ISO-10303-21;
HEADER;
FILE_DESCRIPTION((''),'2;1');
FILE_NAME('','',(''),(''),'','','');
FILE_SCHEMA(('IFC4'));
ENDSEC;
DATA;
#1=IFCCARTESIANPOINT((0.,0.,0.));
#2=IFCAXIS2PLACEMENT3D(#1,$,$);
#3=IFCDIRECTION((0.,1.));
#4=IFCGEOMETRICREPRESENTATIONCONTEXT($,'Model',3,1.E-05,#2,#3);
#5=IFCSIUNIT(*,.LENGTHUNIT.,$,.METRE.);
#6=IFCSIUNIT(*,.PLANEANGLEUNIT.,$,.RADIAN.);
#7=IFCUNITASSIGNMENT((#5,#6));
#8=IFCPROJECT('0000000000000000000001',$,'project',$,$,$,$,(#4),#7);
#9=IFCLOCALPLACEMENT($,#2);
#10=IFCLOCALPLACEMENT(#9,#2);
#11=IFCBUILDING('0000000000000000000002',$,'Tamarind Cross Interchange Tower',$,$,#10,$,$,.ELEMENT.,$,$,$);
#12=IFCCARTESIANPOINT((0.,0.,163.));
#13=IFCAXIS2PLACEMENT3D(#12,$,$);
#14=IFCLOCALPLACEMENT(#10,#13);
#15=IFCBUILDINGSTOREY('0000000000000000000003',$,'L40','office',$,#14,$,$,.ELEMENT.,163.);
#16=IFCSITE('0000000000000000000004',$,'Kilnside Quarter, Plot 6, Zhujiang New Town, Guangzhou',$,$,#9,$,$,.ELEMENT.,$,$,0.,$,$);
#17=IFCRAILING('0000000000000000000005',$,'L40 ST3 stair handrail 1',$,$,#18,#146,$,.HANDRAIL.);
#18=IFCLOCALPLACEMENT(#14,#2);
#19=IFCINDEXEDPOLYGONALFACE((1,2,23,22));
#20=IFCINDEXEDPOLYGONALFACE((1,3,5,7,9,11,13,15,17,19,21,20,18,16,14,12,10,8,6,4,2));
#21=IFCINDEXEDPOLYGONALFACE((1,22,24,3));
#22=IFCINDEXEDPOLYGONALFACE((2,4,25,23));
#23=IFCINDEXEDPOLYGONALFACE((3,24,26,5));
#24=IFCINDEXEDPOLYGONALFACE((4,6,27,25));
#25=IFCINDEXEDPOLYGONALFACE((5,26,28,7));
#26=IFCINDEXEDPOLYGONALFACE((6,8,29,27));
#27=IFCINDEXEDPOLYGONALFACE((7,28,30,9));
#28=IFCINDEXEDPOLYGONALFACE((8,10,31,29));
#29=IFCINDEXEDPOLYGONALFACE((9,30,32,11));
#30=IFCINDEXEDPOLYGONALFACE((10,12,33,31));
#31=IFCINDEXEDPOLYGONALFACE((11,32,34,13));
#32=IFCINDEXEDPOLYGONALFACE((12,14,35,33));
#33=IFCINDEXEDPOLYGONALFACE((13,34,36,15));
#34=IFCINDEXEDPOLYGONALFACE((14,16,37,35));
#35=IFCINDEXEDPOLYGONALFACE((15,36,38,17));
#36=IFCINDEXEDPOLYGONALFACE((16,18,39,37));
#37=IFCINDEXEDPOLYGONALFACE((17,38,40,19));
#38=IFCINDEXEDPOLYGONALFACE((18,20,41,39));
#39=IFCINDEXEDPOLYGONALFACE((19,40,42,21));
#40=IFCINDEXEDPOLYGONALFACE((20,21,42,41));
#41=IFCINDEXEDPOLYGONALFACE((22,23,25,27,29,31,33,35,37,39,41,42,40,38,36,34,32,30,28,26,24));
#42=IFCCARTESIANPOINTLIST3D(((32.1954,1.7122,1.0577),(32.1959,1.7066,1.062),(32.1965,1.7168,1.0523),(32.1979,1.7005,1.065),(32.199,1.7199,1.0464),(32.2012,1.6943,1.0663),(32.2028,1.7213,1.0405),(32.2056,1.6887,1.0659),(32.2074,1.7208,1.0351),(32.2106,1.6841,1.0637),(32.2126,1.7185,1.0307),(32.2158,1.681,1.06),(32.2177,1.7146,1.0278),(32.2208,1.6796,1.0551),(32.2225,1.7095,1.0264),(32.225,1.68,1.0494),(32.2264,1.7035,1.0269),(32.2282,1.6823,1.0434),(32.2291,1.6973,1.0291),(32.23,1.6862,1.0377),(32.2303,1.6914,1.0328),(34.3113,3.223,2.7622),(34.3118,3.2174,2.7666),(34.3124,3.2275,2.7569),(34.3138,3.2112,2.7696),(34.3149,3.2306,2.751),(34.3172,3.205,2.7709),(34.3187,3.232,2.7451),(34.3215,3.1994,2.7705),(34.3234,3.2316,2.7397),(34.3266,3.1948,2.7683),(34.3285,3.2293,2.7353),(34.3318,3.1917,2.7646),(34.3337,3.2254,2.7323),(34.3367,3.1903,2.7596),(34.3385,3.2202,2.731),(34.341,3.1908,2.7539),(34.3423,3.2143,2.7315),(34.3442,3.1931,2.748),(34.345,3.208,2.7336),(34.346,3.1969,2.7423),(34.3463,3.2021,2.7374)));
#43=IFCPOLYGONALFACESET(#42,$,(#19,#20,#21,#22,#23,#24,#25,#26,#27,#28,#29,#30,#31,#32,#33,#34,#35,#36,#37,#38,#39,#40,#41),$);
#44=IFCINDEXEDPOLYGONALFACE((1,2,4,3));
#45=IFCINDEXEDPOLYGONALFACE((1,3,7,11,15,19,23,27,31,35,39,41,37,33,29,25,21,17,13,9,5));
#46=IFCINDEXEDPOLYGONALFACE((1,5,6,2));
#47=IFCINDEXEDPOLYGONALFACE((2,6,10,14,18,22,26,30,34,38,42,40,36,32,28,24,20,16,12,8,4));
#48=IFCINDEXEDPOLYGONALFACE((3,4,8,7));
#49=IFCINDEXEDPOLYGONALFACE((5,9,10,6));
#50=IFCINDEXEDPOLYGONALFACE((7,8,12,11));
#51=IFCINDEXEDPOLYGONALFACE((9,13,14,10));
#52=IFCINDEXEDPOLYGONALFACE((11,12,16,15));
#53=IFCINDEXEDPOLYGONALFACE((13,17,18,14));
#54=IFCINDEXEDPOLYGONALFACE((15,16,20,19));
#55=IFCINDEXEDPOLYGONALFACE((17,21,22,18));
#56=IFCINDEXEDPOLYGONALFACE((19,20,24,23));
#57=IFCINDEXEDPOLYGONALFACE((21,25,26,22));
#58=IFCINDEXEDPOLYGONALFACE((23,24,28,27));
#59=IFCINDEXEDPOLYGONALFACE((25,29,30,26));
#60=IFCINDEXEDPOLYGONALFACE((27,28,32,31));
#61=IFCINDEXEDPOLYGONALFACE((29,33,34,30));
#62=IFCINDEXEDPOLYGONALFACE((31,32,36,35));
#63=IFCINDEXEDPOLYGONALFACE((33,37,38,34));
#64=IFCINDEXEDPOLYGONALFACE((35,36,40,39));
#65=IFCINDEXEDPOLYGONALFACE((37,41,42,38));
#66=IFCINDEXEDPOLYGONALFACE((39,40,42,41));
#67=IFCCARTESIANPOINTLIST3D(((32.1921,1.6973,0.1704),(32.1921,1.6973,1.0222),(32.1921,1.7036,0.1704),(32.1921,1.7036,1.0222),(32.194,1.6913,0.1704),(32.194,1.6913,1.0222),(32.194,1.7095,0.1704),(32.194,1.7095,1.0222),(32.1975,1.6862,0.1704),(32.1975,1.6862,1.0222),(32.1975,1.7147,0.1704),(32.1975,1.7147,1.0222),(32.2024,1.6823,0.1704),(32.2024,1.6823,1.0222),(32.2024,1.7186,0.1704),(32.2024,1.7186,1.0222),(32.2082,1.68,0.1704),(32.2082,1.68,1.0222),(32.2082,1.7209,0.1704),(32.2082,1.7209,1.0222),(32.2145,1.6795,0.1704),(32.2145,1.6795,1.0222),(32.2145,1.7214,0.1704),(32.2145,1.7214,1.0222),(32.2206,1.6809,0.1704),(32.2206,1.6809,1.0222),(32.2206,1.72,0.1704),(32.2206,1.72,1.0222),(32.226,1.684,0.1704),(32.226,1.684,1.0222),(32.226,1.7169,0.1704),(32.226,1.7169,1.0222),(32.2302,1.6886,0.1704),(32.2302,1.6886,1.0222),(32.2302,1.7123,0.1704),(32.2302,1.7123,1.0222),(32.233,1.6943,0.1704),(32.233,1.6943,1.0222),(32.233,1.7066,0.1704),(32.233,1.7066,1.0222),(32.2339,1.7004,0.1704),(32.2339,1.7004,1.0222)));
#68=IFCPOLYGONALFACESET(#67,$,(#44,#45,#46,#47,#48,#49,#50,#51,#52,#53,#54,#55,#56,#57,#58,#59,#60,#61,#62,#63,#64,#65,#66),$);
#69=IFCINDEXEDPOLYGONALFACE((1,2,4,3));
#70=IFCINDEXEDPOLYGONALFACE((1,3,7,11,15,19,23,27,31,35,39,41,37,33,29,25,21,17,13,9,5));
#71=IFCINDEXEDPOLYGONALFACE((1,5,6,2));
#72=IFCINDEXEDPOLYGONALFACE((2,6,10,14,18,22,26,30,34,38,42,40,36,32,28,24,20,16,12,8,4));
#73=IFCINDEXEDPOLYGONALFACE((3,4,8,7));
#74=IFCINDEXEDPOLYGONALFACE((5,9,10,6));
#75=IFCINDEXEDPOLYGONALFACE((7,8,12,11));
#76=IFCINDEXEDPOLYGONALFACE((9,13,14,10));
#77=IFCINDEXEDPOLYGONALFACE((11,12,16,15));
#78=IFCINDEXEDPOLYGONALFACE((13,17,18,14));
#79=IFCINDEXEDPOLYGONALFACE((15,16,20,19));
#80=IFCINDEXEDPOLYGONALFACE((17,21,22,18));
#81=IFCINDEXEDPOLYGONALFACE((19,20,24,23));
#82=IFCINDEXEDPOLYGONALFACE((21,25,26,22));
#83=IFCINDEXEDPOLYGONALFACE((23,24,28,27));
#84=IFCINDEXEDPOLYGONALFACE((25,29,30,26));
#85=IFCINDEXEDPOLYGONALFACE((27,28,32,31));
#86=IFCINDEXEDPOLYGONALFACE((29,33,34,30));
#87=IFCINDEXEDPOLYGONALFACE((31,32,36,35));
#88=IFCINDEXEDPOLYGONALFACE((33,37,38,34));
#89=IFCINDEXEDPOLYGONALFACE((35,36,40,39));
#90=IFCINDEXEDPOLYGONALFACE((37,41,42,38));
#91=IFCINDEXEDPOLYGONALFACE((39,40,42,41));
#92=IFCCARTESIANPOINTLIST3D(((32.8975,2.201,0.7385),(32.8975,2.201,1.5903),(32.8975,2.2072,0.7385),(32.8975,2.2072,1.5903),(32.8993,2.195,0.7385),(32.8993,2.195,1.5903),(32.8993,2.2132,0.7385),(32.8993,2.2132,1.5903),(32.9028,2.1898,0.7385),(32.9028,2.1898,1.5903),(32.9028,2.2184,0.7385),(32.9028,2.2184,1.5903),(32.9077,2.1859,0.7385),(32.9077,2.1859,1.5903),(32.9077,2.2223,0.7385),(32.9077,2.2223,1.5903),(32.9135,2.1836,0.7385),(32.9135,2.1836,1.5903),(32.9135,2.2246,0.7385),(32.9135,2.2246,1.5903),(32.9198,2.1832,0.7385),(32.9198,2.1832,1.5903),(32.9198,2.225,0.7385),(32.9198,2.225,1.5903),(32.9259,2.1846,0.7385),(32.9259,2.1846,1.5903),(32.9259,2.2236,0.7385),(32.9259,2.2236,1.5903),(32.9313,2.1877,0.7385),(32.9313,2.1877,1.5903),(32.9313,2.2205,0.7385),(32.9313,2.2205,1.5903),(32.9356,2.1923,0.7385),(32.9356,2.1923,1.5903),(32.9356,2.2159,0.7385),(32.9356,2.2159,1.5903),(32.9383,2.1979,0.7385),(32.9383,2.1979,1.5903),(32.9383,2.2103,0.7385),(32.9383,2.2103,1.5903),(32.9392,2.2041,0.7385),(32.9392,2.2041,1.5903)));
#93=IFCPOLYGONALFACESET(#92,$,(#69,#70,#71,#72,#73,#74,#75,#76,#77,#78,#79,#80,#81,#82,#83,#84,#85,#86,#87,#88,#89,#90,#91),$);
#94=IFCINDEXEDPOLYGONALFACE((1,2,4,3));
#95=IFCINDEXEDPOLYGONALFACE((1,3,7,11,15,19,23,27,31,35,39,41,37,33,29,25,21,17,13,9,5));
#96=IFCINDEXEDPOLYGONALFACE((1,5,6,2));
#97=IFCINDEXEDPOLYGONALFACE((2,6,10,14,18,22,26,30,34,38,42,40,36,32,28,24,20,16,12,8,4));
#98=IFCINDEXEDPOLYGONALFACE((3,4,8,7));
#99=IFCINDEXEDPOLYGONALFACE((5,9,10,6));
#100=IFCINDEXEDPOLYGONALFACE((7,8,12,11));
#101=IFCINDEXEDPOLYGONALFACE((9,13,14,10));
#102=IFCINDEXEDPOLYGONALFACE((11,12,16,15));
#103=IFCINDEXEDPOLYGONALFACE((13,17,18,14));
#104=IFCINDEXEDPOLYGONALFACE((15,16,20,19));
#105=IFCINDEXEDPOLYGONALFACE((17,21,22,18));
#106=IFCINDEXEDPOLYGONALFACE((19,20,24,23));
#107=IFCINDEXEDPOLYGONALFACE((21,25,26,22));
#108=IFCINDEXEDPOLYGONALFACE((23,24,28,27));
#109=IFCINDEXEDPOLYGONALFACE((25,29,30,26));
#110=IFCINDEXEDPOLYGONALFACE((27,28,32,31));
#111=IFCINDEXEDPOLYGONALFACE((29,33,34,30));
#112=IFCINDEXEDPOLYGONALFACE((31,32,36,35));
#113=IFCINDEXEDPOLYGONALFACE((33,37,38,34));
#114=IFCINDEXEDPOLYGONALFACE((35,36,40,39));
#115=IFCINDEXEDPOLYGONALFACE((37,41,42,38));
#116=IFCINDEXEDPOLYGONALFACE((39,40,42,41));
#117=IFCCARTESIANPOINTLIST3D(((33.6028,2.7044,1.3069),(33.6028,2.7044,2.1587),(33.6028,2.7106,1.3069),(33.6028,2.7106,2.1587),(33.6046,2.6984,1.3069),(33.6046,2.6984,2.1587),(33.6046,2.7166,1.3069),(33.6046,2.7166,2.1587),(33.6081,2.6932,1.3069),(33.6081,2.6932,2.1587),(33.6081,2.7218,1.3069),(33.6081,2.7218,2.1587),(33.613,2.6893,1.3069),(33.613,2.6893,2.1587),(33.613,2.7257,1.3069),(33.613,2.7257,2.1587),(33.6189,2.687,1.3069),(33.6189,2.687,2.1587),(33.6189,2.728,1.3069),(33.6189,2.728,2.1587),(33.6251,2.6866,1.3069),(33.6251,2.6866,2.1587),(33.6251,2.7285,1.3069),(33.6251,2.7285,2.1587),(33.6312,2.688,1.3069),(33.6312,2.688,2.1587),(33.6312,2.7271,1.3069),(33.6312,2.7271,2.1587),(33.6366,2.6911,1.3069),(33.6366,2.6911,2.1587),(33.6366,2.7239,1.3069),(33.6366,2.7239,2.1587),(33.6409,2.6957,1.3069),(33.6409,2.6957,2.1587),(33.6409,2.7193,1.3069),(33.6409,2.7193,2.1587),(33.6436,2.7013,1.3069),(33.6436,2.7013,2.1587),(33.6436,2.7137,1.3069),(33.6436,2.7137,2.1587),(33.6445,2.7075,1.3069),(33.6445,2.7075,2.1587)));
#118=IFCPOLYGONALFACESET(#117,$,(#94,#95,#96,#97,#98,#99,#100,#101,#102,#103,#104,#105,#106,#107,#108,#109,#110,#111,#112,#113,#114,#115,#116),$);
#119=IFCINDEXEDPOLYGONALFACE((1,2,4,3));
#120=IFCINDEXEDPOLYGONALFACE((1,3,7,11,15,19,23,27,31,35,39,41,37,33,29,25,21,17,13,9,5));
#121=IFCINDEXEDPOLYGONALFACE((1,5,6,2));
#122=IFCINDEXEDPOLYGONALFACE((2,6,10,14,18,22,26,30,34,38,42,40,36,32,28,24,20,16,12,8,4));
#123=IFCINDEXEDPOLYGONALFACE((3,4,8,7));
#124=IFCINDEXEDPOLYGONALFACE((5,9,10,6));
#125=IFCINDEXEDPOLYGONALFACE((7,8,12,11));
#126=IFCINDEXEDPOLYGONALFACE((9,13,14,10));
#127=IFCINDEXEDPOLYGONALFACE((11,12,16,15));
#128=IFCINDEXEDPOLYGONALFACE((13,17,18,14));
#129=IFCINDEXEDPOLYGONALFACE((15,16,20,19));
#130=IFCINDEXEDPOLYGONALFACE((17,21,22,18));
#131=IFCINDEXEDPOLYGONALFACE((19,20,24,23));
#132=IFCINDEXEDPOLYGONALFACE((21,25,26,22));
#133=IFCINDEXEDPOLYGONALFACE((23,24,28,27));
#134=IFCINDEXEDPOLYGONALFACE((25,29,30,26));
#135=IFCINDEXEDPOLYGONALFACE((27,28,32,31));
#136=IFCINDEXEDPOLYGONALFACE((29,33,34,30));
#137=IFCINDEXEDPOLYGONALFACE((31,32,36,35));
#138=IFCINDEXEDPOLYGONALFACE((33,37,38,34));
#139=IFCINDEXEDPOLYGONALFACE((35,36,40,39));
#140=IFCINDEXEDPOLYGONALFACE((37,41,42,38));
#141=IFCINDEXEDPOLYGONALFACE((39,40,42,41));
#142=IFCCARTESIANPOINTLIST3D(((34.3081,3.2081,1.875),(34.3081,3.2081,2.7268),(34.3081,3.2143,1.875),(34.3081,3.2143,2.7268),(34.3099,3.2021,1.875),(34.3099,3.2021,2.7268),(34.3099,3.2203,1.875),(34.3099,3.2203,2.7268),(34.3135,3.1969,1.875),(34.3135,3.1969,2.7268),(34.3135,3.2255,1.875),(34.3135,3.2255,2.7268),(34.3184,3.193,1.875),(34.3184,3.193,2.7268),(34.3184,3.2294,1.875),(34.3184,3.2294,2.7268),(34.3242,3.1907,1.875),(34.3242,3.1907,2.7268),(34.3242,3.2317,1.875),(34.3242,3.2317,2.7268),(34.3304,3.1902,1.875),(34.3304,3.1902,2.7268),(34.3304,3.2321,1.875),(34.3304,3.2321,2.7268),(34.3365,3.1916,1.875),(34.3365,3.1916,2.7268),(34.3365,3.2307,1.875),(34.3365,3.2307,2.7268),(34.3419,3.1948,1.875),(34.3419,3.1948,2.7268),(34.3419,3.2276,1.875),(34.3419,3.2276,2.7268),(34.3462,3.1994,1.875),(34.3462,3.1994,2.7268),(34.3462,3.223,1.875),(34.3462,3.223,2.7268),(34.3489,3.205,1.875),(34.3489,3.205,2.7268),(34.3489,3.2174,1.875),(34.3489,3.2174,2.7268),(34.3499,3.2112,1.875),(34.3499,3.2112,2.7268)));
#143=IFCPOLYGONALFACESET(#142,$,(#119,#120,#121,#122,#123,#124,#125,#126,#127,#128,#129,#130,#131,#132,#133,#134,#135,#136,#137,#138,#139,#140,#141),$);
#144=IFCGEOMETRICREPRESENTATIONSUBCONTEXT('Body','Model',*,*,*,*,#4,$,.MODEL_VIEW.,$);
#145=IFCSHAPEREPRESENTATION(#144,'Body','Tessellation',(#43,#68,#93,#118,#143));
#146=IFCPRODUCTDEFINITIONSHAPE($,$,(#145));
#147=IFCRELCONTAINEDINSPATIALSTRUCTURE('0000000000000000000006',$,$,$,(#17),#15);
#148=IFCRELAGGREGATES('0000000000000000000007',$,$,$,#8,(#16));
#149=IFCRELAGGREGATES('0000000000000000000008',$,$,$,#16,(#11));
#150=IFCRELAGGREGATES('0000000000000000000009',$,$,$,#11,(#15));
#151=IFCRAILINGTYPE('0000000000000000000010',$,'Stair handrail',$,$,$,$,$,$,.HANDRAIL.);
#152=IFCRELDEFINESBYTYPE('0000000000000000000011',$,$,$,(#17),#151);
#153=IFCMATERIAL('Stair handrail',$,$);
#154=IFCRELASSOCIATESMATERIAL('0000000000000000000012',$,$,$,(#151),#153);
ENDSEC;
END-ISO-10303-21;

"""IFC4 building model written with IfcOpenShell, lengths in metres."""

from ifc_helpers import new_model, si_unit, direction, frame, origin, origin_2d, place, context, subcontext, project, spatial, circle, extrude, material, type_object, element, save


model = new_model("IFC4")

# Units and contexts
model_context = context("Model", 3, precision=1e-05, world=origin(), true_north=direction((0.0, 1.0)))
body_context = subcontext(model_context, "Body", "Model", "MODEL_VIEW")
ifc_project = project(units=[si_unit("LENGTHUNIT", "METRE"), si_unit("PLANEANGLEUNIT", "RADIAN")], contexts=[model_context])

# Site, building, storey
site_placement = place(None, origin())
site = spatial("IfcSite", under=ifc_project, at=site_placement, Name="Kilnside Quarter, Plot 6, Zhujiang New Town, Guangzhou", CompositionType="ELEMENT", RefElevation=0.0)
building_placement = place(site_placement, origin())
building = spatial("IfcBuilding", under=site, at=building_placement, Name="Tamarind Cross Interchange Tower", CompositionType="ELEMENT")
storey_placement = place(building_placement, frame((0.0, 0.0, 163.0)))
storey = spatial("IfcBuildingStorey", under=building, at=storey_placement, Name="L40", Description="office", CompositionType="ELEMENT", Elevation=163.0)

# Railing
ifc_material_1 = material(Name="Stair handrail")
railing_type_1 = type_object("IfcRailingType", Name="Stair handrail", PredefinedType="HANDRAIL", material=ifc_material_1)
railing_1_placement = place(storey_placement, frame((32.2129, 1.7004, 0.1704)))
element("IfcRailing", 1, at=railing_1_placement, inside=storey, type_object=railing_type_1, Name="L40 ST3 stair handrail 1", PredefinedType="HANDRAIL", context=body_context, shape_type="SweptSolid", body=[
    extrude(circle(Radius=0.0239, at=origin_2d()), frame((0.0, 0.0, 0.876), z_axis=(0.680615, 0.48594, 0.548293), x_axis=(-0.581069, 0.813854, 0.0)), (0.0, 0.0, 1.0), 3.1089),
    extrude(circle(Radius=0.021, at=origin_2d()), origin(), (0.0, 0.0, 1.0), 0.8518),
    extrude(circle(Radius=0.021, at=origin_2d()), frame((0.7053, 0.5037, 0.5681)), (0.0, 0.0, 1.0), 0.8518),
    extrude(circle(Radius=0.021, at=origin_2d()), frame((1.4106, 1.0071, 1.1365)), (0.0, 0.0, 1.0), 0.8518),
    extrude(circle(Radius=0.021, at=origin_2d()), frame((2.116, 1.5107, 1.7046)), (0.0, 0.0, 1.0), 0.8518),
])

save(model, "model.ifc")
